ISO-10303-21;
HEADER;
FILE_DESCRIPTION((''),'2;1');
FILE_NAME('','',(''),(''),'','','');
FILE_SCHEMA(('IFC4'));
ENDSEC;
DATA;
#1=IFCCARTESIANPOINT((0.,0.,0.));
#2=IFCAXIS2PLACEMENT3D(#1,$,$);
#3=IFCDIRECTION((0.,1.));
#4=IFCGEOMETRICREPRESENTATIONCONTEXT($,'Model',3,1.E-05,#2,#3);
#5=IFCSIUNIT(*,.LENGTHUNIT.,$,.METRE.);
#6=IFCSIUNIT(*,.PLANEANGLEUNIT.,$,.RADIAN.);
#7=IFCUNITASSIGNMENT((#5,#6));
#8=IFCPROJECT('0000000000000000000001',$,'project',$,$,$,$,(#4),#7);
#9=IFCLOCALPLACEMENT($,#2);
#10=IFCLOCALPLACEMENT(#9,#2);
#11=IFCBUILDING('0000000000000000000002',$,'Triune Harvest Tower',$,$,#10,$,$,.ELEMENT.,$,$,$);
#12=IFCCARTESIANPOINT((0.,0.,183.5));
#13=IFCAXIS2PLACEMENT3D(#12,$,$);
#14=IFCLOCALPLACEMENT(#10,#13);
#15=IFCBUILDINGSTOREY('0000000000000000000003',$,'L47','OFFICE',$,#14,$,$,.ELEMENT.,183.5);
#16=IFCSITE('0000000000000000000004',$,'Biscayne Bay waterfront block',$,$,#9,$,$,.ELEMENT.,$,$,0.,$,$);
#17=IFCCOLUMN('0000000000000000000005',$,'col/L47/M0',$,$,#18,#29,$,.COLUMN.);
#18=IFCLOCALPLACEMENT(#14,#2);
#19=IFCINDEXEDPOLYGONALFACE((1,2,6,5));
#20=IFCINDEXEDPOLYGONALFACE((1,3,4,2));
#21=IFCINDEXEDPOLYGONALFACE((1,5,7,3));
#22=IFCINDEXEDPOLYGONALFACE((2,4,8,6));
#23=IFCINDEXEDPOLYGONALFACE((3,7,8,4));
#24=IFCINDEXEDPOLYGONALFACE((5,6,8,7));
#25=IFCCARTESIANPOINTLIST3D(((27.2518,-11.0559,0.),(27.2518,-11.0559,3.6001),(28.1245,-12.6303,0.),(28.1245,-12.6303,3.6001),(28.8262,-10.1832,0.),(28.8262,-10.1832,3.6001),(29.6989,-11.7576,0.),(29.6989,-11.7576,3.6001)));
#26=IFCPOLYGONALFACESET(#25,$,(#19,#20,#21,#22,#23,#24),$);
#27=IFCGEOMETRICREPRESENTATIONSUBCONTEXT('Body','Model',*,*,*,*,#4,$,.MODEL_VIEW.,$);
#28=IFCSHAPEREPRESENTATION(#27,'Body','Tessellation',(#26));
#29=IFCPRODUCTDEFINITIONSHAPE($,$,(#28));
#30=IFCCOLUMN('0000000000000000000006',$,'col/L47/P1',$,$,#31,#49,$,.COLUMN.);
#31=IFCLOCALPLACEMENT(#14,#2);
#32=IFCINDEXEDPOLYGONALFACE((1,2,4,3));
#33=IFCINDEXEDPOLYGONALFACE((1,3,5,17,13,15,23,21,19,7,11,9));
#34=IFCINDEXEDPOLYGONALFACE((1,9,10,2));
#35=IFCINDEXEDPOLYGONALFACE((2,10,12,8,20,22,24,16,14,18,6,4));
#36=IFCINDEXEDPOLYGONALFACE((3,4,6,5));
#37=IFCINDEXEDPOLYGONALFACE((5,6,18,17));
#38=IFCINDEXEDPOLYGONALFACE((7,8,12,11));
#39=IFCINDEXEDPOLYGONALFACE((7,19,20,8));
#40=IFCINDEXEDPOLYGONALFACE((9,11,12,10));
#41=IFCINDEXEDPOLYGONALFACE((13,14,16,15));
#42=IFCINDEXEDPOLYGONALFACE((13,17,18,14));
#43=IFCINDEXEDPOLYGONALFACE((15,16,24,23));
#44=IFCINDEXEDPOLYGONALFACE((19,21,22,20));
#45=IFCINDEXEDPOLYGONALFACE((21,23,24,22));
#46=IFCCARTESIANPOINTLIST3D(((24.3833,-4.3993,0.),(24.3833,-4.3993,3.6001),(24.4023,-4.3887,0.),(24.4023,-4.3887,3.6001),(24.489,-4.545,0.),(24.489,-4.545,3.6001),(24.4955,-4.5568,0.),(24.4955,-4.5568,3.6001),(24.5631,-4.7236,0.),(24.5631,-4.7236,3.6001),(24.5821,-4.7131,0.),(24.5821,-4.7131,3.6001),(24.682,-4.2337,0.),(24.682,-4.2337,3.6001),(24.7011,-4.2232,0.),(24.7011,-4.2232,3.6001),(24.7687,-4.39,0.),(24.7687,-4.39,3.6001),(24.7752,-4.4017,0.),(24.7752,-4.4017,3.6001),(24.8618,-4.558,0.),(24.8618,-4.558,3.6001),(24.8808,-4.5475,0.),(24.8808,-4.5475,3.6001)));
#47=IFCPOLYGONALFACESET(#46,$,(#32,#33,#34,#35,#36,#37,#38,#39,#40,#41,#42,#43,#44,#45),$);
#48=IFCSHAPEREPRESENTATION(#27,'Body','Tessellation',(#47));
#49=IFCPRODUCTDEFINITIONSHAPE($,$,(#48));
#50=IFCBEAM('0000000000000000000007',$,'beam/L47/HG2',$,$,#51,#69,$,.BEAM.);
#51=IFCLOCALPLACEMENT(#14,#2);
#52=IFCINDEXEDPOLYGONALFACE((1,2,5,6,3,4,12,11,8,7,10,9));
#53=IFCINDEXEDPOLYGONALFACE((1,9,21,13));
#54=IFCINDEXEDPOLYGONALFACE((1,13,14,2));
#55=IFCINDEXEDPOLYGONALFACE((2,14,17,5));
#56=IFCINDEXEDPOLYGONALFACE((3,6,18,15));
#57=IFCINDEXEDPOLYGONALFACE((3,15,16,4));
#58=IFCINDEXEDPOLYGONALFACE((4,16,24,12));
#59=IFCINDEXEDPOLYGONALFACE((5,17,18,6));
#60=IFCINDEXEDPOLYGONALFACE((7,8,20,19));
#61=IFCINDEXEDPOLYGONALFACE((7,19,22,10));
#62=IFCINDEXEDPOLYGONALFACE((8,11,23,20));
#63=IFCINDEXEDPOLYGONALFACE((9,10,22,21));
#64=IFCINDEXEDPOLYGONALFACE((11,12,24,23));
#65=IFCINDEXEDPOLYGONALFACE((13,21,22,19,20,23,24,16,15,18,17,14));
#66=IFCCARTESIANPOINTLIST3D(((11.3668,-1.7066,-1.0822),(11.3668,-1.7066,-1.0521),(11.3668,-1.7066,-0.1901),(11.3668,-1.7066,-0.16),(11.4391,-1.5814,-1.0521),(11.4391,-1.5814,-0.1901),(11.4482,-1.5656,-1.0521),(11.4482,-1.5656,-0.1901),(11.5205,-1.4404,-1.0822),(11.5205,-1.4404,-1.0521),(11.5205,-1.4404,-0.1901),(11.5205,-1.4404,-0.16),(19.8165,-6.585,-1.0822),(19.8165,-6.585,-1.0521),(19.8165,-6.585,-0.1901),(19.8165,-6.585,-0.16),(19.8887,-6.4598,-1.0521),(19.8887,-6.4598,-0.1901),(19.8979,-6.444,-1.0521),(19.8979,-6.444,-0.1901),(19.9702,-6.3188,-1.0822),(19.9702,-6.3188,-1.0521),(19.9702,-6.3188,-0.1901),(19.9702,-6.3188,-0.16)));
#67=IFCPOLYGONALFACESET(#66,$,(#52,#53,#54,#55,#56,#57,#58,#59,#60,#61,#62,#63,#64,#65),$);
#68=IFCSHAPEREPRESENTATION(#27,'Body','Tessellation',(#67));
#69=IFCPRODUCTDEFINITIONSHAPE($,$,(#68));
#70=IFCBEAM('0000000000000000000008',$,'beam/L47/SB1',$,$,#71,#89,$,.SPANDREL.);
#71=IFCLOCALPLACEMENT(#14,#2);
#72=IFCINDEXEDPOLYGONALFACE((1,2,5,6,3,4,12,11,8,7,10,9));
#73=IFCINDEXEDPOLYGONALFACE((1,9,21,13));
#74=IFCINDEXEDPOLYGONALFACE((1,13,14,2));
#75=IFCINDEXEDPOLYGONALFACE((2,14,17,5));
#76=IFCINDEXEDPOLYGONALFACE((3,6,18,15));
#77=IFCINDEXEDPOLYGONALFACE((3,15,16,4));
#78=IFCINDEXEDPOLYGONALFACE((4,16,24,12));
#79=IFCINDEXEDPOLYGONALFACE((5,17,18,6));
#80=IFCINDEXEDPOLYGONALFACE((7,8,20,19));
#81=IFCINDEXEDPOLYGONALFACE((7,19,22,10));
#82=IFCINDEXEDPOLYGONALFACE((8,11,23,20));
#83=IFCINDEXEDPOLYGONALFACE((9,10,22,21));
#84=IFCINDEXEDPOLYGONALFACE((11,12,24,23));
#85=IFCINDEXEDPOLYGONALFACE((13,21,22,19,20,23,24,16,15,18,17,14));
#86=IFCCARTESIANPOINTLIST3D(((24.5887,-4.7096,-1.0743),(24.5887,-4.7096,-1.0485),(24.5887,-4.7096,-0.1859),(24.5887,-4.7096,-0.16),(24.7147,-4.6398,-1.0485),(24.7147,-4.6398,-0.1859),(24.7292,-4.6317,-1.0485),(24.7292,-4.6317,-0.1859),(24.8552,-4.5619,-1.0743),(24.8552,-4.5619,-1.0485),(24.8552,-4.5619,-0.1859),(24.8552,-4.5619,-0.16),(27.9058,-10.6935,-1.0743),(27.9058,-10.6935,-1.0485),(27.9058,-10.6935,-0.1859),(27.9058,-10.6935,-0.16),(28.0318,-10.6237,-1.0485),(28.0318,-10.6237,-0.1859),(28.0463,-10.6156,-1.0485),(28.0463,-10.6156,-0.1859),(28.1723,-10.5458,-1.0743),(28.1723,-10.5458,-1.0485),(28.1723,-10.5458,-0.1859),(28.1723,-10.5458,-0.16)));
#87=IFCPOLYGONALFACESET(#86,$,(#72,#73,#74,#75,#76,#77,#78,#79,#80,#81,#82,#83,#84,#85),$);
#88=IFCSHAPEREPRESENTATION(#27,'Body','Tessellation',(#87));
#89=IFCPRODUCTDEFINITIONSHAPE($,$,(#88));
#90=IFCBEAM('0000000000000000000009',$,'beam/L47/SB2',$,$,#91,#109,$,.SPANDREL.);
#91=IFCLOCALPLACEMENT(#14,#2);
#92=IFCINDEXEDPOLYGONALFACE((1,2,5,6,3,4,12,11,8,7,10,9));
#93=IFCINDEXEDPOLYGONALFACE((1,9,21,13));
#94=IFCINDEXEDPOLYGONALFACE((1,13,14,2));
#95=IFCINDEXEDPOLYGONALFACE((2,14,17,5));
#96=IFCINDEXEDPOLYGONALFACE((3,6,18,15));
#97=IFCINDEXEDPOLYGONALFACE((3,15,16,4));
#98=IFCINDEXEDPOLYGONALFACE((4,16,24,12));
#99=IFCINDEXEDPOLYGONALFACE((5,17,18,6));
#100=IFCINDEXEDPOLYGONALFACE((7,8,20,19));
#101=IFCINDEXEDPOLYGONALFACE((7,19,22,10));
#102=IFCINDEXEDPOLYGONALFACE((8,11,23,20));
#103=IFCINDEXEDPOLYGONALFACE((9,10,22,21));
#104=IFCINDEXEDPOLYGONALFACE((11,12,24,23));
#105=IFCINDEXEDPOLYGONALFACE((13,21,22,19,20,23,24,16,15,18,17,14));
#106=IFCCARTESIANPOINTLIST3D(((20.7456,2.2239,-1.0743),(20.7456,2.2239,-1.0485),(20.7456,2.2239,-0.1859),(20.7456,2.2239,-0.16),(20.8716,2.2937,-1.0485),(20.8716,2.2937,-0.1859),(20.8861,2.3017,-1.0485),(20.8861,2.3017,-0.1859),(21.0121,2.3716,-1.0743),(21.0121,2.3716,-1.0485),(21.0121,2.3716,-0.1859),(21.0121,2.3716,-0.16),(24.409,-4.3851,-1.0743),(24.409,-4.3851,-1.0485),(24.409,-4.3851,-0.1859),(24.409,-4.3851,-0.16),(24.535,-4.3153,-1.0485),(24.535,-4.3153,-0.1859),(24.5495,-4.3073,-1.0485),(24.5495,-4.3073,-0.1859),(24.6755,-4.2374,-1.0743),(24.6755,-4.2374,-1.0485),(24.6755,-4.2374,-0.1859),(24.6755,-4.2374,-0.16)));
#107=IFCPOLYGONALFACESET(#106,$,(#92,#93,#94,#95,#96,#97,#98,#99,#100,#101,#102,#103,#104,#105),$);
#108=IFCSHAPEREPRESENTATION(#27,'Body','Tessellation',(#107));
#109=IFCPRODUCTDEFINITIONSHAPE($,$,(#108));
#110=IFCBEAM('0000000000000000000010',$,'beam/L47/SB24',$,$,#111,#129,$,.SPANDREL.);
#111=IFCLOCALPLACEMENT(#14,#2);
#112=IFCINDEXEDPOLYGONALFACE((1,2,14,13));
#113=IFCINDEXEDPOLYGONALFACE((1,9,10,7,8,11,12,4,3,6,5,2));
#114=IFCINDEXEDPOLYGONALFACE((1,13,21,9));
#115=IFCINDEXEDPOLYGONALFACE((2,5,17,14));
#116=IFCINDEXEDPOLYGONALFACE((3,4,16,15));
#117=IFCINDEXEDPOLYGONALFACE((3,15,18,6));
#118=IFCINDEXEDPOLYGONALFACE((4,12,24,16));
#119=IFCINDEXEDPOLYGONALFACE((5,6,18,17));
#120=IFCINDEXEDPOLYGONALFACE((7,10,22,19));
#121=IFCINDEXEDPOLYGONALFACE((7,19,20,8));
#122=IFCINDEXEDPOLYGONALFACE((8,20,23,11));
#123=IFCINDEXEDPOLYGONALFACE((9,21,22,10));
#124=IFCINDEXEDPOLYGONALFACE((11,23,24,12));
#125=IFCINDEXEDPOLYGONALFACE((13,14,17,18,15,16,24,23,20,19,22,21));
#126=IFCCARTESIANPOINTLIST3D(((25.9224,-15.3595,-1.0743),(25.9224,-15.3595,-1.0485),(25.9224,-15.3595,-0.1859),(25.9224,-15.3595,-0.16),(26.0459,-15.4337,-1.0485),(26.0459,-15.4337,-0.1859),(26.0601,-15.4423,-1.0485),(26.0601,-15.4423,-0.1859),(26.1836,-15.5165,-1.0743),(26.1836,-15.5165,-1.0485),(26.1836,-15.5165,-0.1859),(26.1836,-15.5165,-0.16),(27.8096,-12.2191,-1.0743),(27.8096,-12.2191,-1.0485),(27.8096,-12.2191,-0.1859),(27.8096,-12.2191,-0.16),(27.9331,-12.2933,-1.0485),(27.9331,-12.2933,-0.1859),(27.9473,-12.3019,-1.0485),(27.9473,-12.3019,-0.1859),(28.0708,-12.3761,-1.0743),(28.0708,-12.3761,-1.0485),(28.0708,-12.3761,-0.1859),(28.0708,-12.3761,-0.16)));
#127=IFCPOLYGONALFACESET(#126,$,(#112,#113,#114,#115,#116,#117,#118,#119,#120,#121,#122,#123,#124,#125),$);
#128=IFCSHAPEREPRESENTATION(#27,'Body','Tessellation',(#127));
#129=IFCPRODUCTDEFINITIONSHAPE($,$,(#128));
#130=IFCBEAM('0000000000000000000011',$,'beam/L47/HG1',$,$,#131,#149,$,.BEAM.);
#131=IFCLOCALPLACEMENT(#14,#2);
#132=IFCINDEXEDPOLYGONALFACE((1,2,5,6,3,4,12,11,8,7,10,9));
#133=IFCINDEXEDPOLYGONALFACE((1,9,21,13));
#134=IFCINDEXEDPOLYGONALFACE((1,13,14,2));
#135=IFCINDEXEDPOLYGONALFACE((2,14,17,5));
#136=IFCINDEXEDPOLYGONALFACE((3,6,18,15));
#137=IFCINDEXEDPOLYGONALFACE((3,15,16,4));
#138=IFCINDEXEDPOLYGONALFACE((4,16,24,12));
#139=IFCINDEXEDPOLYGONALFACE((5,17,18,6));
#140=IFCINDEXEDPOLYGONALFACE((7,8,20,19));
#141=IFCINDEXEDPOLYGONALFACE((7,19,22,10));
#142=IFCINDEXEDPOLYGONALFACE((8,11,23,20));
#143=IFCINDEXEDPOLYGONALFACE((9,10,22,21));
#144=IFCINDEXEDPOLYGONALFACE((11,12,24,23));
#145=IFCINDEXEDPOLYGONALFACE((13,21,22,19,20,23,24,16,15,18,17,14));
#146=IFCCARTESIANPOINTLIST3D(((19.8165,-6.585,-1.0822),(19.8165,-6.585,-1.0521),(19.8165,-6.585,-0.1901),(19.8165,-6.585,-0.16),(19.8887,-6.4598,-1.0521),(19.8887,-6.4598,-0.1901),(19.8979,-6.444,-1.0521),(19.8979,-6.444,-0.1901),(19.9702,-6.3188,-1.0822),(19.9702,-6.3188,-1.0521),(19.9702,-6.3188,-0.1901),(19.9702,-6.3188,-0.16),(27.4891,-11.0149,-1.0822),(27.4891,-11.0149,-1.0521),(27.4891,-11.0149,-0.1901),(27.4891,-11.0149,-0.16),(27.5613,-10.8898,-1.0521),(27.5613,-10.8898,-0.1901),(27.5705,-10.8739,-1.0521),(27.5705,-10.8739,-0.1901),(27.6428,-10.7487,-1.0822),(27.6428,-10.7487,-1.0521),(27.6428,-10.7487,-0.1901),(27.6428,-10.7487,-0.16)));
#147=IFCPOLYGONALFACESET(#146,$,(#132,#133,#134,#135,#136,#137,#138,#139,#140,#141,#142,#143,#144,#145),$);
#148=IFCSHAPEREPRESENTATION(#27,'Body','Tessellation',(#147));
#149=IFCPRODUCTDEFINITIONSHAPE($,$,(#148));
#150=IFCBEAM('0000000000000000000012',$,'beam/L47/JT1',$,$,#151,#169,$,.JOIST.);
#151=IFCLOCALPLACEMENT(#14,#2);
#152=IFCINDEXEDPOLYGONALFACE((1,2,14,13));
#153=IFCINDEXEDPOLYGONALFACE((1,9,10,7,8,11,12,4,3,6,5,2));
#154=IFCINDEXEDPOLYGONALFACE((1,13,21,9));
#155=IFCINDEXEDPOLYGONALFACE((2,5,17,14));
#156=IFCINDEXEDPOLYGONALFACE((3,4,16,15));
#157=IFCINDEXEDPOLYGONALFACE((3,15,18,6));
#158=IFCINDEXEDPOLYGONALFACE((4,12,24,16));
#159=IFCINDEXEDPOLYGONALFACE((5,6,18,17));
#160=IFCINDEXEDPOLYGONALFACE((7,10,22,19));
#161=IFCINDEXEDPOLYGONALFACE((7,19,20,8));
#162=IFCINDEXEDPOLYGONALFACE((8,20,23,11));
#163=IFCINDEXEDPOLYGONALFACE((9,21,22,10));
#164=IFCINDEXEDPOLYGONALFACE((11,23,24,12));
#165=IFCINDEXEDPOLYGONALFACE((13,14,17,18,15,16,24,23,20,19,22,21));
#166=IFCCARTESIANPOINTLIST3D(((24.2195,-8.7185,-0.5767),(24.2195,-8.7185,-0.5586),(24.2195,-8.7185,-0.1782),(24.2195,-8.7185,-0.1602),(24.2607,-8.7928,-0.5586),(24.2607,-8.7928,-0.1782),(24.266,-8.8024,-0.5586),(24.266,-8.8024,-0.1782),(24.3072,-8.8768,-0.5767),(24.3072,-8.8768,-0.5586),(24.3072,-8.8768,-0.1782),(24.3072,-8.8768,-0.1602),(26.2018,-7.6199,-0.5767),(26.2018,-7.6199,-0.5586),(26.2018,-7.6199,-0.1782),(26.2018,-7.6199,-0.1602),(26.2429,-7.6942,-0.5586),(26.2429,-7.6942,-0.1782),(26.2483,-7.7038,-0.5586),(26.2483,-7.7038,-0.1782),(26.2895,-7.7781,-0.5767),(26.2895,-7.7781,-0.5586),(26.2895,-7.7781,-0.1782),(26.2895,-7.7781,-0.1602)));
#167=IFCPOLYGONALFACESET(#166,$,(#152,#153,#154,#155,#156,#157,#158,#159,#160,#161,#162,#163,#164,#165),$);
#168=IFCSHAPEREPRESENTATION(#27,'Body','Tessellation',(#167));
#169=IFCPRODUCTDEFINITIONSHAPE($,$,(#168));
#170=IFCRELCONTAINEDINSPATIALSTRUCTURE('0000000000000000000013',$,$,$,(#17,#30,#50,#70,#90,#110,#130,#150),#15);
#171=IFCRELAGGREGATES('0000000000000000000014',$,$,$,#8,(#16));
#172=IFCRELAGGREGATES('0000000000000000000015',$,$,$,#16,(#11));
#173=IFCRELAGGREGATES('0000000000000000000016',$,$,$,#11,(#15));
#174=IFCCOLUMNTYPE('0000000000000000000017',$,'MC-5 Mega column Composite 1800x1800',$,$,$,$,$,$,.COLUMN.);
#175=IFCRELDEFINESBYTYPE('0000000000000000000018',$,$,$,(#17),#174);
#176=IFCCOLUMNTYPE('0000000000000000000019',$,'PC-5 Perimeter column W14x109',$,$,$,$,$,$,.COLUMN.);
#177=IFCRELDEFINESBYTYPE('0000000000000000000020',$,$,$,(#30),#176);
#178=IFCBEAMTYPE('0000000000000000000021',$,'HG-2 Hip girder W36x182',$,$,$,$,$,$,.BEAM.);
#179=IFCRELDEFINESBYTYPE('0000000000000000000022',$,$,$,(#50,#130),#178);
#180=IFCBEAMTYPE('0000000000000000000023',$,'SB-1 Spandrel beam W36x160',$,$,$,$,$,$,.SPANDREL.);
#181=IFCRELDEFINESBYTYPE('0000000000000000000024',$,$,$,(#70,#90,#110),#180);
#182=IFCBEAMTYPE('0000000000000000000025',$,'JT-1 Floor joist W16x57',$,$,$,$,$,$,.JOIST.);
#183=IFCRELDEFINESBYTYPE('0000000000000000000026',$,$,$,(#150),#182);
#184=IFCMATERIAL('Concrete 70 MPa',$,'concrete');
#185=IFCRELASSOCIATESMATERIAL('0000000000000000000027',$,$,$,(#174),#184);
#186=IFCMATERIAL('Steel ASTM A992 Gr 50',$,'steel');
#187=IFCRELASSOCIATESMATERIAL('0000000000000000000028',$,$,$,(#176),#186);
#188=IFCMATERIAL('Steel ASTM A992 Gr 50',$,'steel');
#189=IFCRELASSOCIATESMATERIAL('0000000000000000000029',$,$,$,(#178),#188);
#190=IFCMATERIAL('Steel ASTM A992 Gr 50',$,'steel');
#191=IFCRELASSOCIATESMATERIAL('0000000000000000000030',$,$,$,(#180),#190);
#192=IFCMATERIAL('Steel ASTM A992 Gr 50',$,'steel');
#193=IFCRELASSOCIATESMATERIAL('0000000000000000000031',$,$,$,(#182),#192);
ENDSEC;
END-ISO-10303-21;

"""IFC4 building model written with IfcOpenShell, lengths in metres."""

from ifc_helpers import new_model, si_unit, direction, frame, origin, origin_2d, place, context, subcontext, project, spatial, rectangle, i_section, extrude, source, transform, mapped, material, material_profile, profile_set, type_object, element, save


model = new_model("IFC4")

# Units and contexts
model_context = context("Model", 3, precision=1e-05, world=origin(), true_north=direction((0.0, 1.0)))
body_context = subcontext(model_context, "Body", "Model", "MODEL_VIEW")
ifc_project = project(units=[si_unit("LENGTHUNIT", "METRE"), si_unit("PLANEANGLEUNIT", "RADIAN")], contexts=[model_context])

# Site, building, storey
site_placement = place(None, origin())
site = spatial("IfcSite", under=ifc_project, at=site_placement, Name="Biscayne Bay waterfront block", CompositionType="ELEMENT", RefElevation=0.0)
building_placement = place(site_placement, origin())
building = spatial("IfcBuilding", under=site, at=building_placement, Name="Triune Harvest Tower", CompositionType="ELEMENT")
storey_placement = place(building_placement, frame((0.0, 0.0, 183.5)))
storey = spatial("IfcBuildingStorey", under=building, at=storey_placement, Name="L47", Description="OFFICE", CompositionType="ELEMENT", Elevation=183.5)

# Columns
ifc_material_1 = material(Name="Concrete 70 MPa", Category="concrete")
ifc_material_profile_1 = material_profile(ifc_material_1, rectangle(XDim=1.8, YDim=1.8, at=origin_2d()), Name="Composite 1800x1800")
ifc_profile_set_1 = profile_set([ifc_material_profile_1], Name="Concrete 70 MPa")
column_type_1 = type_object("IfcColumnType", Name="MC-5 Mega column Composite 1800x1800", PredefinedType="COLUMN", material=ifc_profile_set_1)
shared_shape_1 = source(origin(), body_context, "Body", "SweptSolid", [
    extrude(rectangle(XDim=1.8, YDim=1.8, at=origin_2d()), origin(), (0.0, 0.0, 1.0), 3.6001),
])
column_1_placement = place(storey_placement, frame((28.4753, -11.4067, 0.0), z_axis=(0.0, 0.0, 1.0), x_axis=(-0.48481, 0.87462, 0.0)))
element("IfcColumn", 1, at=column_1_placement, inside=storey, type_object=column_type_1, Name="col/L47/M0", PredefinedType="COLUMN", context=body_context, shape_type="MappedRepresentation", body=[
    mapped(shared_shape_1, transform((0.0, 0.0, 0.0), scale=1.0)),
])
ifc_material_2 = material(Name="Steel ASTM A992 Gr 50", Category="steel")
ifc_material_profile_2 = material_profile(ifc_material_2, i_section(OverallWidth=0.3708, OverallDepth=0.3633, WebThickness=0.0134, FlangeThickness=0.0217, at=origin_2d()), Name="W14x109")
ifc_profile_set_2 = profile_set([ifc_material_profile_2], Name="Steel ASTM A992 Gr 50")
column_type_2 = type_object("IfcColumnType", Name="PC-5 Perimeter column W14x109", PredefinedType="COLUMN", material=ifc_profile_set_2)
shared_shape_2 = source(origin(), body_context, "Body", "SweptSolid", [
    extrude(i_section(OverallWidth=0.3708, OverallDepth=0.3633, WebThickness=0.0134, FlangeThickness=0.0217, at=origin_2d()), origin(), (0.0, 0.0, 1.0), 3.6001),
])
column_2_placement = place(storey_placement, frame((24.6321, -4.4734, 0.0), z_axis=(0.0, 0.0, 1.0), x_axis=(-0.48481, 0.87462, 0.0)))
element("IfcColumn", 2, at=column_2_placement, inside=storey, type_object=column_type_2, Name="col/L47/P1", PredefinedType="COLUMN", context=body_context, shape_type="MappedRepresentation", body=[
    mapped(shared_shape_2, transform((0.0, 0.0, 0.0), scale=1.0)),
])

# Beams
ifc_material_3 = material(Name="Steel ASTM A992 Gr 50", Category="steel")
ifc_material_profile_3 = material_profile(ifc_material_3, i_section(OverallWidth=0.3074, OverallDepth=0.9221, WebThickness=0.0183, FlangeThickness=0.03, at=origin_2d()), Name="W36x182")
ifc_profile_set_3 = profile_set([ifc_material_profile_3], Name="Steel ASTM A992 Gr 50")
beam_type_1 = type_object("IfcBeamType", Name="HG-2 Hip girder W36x182", PredefinedType="BEAM", material=ifc_profile_set_3)
shared_shape_3 = source(origin(), body_context, "Body", "SweptSolid", [
    extrude(i_section(OverallWidth=0.3074, OverallDepth=0.9221, WebThickness=0.0183, FlangeThickness=0.03, at=origin_2d()), origin(), (0.0, 0.0, 1.0), 9.7568),
])
beam_1_placement = place(storey_placement, frame((19.8933, -6.4519, -0.6211), z_axis=(-0.866026, 0.499998, 0.0), x_axis=(-0.499998, -0.866026, 0.0)))
element("IfcBeam", 3, at=beam_1_placement, inside=storey, type_object=beam_type_1, Name="beam/L47/HG2", PredefinedType="BEAM", context=body_context, shape_type="MappedRepresentation", body=[
    mapped(shared_shape_3, transform((0.0, 0.0, 0.0), scale=1.0)),
])
ifc_material_4 = material(Name="Steel ASTM A992 Gr 50", Category="steel")
ifc_material_profile_4 = material_profile(ifc_material_4, i_section(OverallWidth=0.3047, OverallDepth=0.9143, WebThickness=0.0166, FlangeThickness=0.0259, at=origin_2d()), Name="W36x160")
ifc_profile_set_4 = profile_set([ifc_material_profile_4], Name="Steel ASTM A992 Gr 50")
beam_type_2 = type_object("IfcBeamType", Name="SB-1 Spandrel beam W36x160", PredefinedType="SPANDREL", material=ifc_profile_set_4)
shared_shape_4 = source(origin(), body_context, "Body", "SweptSolid", [
    extrude(i_section(OverallWidth=0.3047, OverallDepth=0.9143, WebThickness=0.0166, FlangeThickness=0.0259, at=origin_2d()), origin(), (0.0, 0.0, 1.0), 6.8418),
])
beam_2_placement = place(storey_placement, frame((28.0391, -10.6196, -0.6172), z_axis=(-0.484834, 0.874606, 0.0), x_axis=(-0.874606, -0.484834, 0.0)))
element("IfcBeam", 4, at=beam_2_placement, inside=storey, type_object=beam_type_2, Name="beam/L47/SB1", PredefinedType="SPANDREL", context=body_context, shape_type="MappedRepresentation", body=[
    mapped(shared_shape_4, transform((0.0, 0.0, 0.0), scale=1.0)),
])
shared_shape_5 = source(origin(), body_context, "Body", "SweptSolid", [
    extrude(i_section(OverallWidth=0.3047, OverallDepth=0.9143, WebThickness=0.0166, FlangeThickness=0.0259, at=origin_2d()), origin(), (0.0, 0.0, 1.0), 7.5564),
])
beam_3_placement = place(storey_placement, frame((24.5422, -4.3113, -0.6172), z_axis=(-0.484806, 0.874622, 0.0), x_axis=(-0.874622, -0.484806, 0.0)))
element("IfcBeam", 5, at=beam_3_placement, inside=storey, type_object=beam_type_2, Name="beam/L47/SB2", PredefinedType="SPANDREL", context=body_context, shape_type="MappedRepresentation", body=[
    mapped(shared_shape_5, transform((0.0, 0.0, 0.0), scale=1.0)),
])
shared_shape_6 = source(origin(), body_context, "Body", "SweptSolid", [
    extrude(i_section(OverallWidth=0.3047, OverallDepth=0.9143, WebThickness=0.0166, FlangeThickness=0.0259, at=origin_2d()), origin(), (0.0, 0.0, 1.0), 3.6638),
])
beam_4_placement = place(storey_placement, frame((26.053, -15.438, -0.6172), z_axis=(0.515093, 0.857134, 0.0), x_axis=(-0.857134, 0.515093, 0.0)))
element("IfcBeam", 6, at=beam_4_placement, inside=storey, type_object=beam_type_2, Name="beam/L47/SB24", PredefinedType="SPANDREL", context=body_context, shape_type="MappedRepresentation", body=[
    mapped(shared_shape_6, transform((0.0, 0.0, 0.0), scale=1.0)),
])
shared_shape_7 = source(origin(), body_context, "Body", "SweptSolid", [
    extrude(i_section(OverallWidth=0.3074, OverallDepth=0.9221, WebThickness=0.0183, FlangeThickness=0.03, at=origin_2d()), origin(), (0.0, 0.0, 1.0), 8.8596),
])
beam_5_placement = place(storey_placement, frame((27.5659, -10.8818, -0.6211), z_axis=(-0.866018, 0.500013, 0.0), x_axis=(-0.500013, -0.866018, 0.0)))
element("IfcBeam", 7, at=beam_5_placement, inside=storey, type_object=beam_type_1, Name="beam/L47/HG1", PredefinedType="BEAM", context=body_context, shape_type="MappedRepresentation", body=[
    mapped(shared_shape_7, transform((0.0, 0.0, 0.0), scale=1.0)),
])
ifc_material_5 = material(Name="Steel ASTM A992 Gr 50", Category="steel")
ifc_material_profile_5 = material_profile(ifc_material_5, i_section(OverallWidth=0.1809, OverallDepth=0.4165, WebThickness=0.011, FlangeThickness=0.0181, at=origin_2d()), Name="W16x57")
ifc_profile_set_5 = profile_set([ifc_material_profile_5], Name="Steel ASTM A992 Gr 50")
beam_type_3 = type_object("IfcBeamType", Name="JT-1 Floor joist W16x57", PredefinedType="JOIST", material=ifc_profile_set_5)
shared_shape_8 = source(origin(), body_context, "Body", "SweptSolid", [
    extrude(i_section(OverallWidth=0.1809, OverallDepth=0.4165, WebThickness=0.011, FlangeThickness=0.0181, at=origin_2d()), origin(), (0.0, 0.0, 1.0), 2.2664),
])
beam_6_placement = place(storey_placement, frame((26.2456, -7.699, -0.3684), z_axis=(-0.87464, -0.484774, 0.0), x_axis=(0.484774, -0.87464, 0.0)))
element("IfcBeam", 8, at=beam_6_placement, inside=storey, type_object=beam_type_3, Name="beam/L47/JT1", PredefinedType="JOIST", context=body_context, shape_type="MappedRepresentation", body=[
    mapped(shared_shape_8, transform((0.0, 0.0, 0.0), scale=1.0)),
])

save(model, "model.ifc")
